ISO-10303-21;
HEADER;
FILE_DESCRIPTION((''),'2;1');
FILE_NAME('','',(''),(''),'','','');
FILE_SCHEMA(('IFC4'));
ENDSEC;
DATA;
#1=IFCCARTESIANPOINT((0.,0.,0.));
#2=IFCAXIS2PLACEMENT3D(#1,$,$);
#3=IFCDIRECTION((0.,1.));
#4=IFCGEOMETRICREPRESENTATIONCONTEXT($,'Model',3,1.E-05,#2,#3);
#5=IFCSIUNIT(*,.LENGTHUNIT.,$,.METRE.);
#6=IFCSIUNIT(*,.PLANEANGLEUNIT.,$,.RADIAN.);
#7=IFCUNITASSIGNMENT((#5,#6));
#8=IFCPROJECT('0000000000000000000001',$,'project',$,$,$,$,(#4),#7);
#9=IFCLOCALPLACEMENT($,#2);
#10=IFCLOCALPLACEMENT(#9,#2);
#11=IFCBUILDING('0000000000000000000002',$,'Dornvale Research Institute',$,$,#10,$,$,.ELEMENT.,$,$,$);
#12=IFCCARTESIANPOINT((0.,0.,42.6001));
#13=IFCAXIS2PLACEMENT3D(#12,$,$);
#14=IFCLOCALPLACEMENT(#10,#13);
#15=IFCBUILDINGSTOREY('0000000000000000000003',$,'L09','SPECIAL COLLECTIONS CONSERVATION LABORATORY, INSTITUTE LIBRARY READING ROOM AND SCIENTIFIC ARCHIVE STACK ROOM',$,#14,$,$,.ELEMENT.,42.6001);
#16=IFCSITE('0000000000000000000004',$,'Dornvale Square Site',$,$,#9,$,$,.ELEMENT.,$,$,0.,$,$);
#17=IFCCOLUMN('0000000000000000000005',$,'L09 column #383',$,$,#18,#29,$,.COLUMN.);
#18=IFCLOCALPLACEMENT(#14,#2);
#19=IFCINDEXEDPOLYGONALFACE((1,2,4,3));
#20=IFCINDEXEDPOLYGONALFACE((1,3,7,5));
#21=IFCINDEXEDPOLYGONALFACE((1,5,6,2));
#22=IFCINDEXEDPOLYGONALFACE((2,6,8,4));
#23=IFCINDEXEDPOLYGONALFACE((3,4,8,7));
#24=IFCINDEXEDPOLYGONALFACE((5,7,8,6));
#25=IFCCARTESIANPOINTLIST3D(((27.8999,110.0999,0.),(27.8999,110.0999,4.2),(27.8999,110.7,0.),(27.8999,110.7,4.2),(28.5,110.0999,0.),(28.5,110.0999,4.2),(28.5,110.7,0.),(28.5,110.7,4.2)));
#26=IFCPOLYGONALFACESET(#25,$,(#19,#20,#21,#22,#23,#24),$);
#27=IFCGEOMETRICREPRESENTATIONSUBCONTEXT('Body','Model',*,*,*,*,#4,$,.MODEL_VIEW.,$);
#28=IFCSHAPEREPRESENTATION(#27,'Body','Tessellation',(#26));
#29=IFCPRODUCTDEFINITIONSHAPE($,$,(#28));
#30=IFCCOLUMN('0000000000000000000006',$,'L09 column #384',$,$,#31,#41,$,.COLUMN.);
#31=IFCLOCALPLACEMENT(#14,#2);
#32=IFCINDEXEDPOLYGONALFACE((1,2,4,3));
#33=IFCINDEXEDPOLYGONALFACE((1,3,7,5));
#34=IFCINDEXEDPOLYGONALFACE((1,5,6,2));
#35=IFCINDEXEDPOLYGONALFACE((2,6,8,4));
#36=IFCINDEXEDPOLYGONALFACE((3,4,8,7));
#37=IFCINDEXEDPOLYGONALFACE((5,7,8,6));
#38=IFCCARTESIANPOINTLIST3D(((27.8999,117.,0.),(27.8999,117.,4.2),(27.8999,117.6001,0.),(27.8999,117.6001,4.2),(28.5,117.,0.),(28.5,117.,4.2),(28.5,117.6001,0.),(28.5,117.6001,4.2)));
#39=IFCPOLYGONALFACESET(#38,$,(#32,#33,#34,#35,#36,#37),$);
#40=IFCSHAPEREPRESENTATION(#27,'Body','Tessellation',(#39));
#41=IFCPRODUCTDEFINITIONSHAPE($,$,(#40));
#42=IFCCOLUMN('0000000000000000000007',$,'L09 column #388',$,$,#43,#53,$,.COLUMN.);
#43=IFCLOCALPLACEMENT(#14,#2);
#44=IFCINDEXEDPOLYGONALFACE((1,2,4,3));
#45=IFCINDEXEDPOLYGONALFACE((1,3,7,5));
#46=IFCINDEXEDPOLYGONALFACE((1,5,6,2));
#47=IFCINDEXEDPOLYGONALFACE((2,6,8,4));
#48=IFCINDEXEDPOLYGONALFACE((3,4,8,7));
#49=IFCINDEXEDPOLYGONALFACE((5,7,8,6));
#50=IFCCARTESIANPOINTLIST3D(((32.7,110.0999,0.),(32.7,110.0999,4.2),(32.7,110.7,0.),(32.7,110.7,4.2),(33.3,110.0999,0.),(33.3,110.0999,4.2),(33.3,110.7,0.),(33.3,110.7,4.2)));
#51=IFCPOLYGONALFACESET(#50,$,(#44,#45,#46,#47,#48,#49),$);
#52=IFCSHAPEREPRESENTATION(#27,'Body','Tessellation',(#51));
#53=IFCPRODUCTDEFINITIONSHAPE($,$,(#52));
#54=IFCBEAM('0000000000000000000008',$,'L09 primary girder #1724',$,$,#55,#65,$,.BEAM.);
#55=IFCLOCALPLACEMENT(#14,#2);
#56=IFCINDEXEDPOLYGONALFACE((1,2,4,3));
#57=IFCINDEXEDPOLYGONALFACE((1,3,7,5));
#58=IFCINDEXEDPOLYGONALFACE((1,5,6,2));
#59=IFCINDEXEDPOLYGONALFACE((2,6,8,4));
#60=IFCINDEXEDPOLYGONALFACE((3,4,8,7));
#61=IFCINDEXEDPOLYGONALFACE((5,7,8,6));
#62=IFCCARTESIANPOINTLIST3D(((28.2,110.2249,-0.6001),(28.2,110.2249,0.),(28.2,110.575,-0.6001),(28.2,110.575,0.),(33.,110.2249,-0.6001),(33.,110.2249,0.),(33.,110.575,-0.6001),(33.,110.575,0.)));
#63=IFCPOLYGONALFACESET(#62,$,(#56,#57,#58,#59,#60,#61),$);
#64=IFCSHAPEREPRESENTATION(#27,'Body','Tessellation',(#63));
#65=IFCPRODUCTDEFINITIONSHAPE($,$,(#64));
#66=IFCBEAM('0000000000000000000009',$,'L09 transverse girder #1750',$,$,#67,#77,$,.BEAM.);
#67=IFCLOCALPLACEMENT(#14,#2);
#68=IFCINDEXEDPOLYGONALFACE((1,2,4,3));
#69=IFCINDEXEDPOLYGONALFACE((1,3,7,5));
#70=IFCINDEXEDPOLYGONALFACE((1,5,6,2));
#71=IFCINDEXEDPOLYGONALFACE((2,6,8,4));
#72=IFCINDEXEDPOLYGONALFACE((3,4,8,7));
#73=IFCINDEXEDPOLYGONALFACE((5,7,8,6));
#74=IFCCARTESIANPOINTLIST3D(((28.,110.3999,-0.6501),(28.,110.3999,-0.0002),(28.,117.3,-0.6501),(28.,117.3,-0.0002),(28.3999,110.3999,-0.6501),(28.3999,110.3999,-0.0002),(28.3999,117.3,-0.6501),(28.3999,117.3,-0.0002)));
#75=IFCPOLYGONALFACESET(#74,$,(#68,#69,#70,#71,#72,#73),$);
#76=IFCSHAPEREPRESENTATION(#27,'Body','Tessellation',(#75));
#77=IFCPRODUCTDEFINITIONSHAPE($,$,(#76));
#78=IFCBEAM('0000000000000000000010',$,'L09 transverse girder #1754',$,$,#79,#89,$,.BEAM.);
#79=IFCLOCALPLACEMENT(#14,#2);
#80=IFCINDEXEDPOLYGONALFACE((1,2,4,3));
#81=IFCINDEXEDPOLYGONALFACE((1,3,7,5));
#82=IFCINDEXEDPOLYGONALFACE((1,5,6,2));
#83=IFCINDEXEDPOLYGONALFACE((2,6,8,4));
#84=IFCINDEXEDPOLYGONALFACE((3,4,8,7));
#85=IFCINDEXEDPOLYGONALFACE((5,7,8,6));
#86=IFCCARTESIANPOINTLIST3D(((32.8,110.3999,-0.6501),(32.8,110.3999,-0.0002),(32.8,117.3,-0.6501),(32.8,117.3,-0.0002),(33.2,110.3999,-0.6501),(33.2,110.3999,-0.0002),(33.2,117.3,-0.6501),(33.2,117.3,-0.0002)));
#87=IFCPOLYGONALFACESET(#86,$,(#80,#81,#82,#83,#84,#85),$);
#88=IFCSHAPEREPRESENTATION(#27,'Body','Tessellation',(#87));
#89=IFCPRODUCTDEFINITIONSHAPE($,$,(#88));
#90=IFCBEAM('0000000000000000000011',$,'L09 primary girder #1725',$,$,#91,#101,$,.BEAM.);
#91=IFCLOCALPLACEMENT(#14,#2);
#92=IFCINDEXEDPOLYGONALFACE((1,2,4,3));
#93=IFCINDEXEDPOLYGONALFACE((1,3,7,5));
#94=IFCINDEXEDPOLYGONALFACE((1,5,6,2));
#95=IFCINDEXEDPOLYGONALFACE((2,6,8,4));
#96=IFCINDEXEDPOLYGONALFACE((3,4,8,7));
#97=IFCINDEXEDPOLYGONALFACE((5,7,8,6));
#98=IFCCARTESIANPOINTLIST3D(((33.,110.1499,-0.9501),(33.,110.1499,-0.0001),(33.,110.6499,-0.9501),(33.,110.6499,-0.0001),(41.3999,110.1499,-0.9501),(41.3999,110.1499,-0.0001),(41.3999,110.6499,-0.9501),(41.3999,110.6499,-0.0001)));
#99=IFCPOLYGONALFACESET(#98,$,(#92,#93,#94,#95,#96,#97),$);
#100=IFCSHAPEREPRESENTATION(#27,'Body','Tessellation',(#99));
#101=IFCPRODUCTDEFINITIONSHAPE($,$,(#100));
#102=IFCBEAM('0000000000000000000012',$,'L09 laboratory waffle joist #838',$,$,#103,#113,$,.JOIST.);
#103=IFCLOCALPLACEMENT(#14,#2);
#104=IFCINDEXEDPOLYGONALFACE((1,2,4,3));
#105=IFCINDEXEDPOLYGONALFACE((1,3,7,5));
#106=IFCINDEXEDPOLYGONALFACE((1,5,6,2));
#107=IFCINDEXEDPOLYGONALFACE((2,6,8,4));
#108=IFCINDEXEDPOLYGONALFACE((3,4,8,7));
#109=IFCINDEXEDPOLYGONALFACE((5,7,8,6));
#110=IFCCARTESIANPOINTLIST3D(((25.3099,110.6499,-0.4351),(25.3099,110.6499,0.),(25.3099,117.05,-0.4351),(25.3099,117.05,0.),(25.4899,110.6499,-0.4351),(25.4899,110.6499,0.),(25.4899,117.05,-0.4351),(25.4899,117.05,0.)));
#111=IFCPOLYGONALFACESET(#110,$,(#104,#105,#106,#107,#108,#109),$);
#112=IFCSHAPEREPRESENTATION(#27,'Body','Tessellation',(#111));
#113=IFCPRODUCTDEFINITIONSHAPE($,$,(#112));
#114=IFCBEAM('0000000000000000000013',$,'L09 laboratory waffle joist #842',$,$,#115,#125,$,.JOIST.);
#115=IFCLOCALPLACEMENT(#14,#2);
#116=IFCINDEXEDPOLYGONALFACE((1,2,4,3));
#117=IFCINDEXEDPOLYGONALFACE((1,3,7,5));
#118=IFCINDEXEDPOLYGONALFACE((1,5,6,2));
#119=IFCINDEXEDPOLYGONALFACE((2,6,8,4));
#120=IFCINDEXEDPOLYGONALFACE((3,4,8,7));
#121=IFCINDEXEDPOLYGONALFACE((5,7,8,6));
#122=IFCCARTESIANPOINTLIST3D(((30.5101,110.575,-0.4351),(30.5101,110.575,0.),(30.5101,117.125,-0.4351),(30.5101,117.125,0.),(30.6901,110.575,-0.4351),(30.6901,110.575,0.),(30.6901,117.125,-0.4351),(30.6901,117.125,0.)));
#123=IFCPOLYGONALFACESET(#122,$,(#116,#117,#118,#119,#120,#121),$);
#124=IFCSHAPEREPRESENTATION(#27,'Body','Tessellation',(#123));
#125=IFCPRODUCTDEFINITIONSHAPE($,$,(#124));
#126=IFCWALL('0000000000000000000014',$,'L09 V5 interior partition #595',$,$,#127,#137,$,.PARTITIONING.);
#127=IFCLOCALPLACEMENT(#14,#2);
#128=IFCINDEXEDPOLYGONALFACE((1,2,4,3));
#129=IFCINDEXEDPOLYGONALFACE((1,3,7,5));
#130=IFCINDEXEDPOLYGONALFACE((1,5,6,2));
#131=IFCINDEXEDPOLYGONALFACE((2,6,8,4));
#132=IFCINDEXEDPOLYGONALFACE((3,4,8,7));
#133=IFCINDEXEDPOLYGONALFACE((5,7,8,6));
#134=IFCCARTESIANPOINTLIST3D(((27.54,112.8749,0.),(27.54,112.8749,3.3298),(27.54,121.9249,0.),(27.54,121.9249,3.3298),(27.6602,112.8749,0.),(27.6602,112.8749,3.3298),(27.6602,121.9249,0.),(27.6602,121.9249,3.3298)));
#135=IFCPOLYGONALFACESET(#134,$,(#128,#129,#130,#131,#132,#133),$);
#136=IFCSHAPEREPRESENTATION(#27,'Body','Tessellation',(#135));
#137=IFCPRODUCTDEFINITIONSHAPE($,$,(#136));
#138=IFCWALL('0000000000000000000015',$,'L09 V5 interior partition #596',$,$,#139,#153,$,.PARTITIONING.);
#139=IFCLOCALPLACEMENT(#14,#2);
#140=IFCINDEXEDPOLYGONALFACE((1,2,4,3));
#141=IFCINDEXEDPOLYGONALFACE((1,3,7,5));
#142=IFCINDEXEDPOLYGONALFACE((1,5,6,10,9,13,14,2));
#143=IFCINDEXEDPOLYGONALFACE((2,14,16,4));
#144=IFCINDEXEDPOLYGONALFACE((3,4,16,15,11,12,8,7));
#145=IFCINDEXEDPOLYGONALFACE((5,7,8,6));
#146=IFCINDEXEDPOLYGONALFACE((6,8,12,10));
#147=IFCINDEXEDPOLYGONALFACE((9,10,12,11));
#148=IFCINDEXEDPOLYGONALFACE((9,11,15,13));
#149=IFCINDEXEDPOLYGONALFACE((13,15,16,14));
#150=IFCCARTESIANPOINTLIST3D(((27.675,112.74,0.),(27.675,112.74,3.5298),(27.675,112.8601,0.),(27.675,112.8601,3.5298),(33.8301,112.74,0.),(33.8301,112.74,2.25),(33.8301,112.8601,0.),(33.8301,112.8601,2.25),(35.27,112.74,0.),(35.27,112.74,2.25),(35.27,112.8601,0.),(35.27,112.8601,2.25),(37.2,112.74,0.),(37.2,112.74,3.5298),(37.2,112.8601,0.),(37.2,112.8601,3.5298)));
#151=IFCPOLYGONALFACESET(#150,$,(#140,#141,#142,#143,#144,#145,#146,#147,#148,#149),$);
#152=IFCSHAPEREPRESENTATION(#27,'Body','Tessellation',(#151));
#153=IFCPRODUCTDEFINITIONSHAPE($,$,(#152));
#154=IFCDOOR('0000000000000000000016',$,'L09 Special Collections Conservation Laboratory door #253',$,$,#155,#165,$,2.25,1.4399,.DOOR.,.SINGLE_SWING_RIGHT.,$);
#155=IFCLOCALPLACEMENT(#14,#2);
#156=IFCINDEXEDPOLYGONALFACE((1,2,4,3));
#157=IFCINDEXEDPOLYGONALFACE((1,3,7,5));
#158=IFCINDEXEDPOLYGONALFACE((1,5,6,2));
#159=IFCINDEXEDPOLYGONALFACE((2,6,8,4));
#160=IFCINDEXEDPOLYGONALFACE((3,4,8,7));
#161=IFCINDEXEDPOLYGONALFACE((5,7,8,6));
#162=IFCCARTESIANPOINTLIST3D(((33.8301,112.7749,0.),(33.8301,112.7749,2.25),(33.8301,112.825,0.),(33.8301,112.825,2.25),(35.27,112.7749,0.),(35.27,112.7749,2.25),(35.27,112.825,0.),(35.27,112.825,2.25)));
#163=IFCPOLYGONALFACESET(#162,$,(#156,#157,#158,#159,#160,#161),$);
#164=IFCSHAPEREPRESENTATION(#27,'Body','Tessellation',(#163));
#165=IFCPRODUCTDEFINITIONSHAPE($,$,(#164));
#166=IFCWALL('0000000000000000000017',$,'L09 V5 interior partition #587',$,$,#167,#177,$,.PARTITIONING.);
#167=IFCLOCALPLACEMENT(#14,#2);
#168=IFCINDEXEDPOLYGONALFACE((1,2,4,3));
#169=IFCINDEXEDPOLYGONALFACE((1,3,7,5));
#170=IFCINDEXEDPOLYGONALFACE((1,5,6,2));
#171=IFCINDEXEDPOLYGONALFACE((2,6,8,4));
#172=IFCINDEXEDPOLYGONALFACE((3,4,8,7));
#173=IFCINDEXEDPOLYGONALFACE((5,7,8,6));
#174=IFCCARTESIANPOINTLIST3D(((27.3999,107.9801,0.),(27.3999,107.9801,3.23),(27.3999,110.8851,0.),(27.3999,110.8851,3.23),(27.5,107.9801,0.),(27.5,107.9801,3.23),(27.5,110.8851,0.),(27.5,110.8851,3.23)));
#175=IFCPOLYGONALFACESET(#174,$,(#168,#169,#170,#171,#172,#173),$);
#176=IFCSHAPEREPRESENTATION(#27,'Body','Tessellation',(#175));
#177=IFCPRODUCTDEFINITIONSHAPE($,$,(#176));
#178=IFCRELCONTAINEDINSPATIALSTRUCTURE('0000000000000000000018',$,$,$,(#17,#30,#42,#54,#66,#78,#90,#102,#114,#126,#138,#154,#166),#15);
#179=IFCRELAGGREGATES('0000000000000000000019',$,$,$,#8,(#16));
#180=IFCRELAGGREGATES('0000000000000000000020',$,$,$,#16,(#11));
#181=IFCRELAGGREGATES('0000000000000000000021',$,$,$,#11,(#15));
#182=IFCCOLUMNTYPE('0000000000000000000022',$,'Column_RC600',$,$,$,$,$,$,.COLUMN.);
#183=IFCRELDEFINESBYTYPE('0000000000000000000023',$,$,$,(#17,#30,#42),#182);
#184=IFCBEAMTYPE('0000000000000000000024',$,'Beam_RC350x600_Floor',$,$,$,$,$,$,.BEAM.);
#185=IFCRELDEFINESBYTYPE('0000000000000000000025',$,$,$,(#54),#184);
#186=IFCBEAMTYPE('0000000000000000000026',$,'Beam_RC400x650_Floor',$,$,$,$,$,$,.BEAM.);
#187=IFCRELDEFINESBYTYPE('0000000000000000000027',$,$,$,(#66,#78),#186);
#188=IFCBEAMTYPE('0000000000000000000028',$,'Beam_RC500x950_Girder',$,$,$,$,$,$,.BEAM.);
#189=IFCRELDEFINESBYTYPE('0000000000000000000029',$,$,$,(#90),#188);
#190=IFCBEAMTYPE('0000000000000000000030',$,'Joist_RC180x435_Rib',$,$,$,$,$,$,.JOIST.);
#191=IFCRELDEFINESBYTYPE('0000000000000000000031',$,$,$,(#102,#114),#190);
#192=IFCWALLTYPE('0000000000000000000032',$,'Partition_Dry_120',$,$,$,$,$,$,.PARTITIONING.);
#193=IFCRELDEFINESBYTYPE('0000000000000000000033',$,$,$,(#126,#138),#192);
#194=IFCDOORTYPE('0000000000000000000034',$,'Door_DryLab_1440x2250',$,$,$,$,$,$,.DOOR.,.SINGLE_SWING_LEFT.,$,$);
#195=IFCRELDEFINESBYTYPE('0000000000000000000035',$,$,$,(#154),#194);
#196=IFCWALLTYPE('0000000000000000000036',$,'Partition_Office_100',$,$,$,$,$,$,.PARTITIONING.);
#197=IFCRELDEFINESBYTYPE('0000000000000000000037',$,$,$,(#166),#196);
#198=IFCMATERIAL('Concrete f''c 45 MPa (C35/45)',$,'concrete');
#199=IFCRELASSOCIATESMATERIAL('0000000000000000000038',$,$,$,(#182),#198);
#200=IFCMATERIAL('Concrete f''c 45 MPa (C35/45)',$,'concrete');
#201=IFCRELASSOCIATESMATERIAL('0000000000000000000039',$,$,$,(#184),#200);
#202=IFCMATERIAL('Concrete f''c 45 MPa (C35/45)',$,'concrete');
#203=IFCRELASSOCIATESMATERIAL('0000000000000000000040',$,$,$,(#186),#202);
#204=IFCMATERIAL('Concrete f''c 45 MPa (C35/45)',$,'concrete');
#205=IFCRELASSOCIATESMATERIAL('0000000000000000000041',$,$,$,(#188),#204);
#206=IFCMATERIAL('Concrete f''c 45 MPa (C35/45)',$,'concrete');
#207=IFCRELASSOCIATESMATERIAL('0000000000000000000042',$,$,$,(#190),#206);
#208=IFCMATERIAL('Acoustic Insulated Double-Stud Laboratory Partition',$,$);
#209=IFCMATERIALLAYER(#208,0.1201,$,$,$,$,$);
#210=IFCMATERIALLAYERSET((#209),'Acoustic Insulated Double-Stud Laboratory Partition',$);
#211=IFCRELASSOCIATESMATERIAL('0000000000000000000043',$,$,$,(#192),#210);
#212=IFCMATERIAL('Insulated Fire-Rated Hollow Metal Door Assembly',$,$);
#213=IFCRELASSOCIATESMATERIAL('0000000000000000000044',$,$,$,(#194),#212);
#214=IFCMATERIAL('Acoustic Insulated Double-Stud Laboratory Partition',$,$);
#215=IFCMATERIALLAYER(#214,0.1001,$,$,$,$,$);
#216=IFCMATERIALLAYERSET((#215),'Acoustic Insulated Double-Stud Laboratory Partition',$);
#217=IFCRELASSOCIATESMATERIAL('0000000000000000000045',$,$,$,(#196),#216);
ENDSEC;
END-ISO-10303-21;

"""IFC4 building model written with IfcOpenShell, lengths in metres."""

from ifc_helpers import new_model, si_unit, direction, frame, frame_2d, origin, origin_2d, place, context, subcontext, project, spatial, rectangle, extrude, material, layer, layer_set, material_profile, profile_set, type_object, element, fill, save


model = new_model("IFC4")

# Units and contexts
model_context = context("Model", 3, precision=1e-05, world=origin(), true_north=direction((0.0, 1.0)))
body_context = subcontext(model_context, "Body", "Model", "MODEL_VIEW")
ifc_project = project(units=[si_unit("LENGTHUNIT", "METRE"), si_unit("PLANEANGLEUNIT", "RADIAN")], contexts=[model_context])

# Site, building, storey
site_placement = place(None, origin())
site = spatial("IfcSite", under=ifc_project, at=site_placement, Name="Dornvale Square Site", CompositionType="ELEMENT", RefElevation=0.0)
building_placement = place(site_placement, origin())
building = spatial("IfcBuilding", under=site, at=building_placement, Name="Dornvale Research Institute", CompositionType="ELEMENT")
storey_placement = place(building_placement, frame((0.0, 0.0, 42.6001)))
storey = spatial("IfcBuildingStorey", under=building, at=storey_placement, Name="L09", Description="SPECIAL COLLECTIONS CONSERVATION LABORATORY, INSTITUTE LIBRARY READING ROOM AND SCIENTIFIC ARCHIVE STACK ROOM", CompositionType="ELEMENT", Elevation=42.6001)

# Columns
ifc_material_1 = material(Name="Concrete f'c 45 MPa (C35/45)", Category="concrete")
ifc_material_profile_1 = material_profile(ifc_material_1, rectangle(XDim=0.6001, YDim=0.6001, at=origin_2d()), Name="RC 600x600")
ifc_profile_set_1 = profile_set([ifc_material_profile_1], Name="Concrete f'c 45 MPa (C35/45)")
column_type = type_object("IfcColumnType", Name="Column_RC600", PredefinedType="COLUMN", material=ifc_profile_set_1)
for number, where, z_axis, x_axis, name in (
    (1, (28.2, 110.3999, 0.0), (0.0, 0.0, 1.0), (1.0, 0.0, 0.0), "L09 column #383"),
    (2, (28.2, 117.3, 0.0), (0.0, 0.0, 1.0), (1.0, 0.0, 0.0), "L09 column #384"),
    (3, (33.0, 110.3999, 0.0), (0.0, 0.0, 1.0), (1.0, 0.0, 0.0), "L09 column #388"),
):
    element("IfcColumn", number, at=place(storey_placement, frame(where, z_axis=z_axis, x_axis=x_axis)), inside=storey, type_object=column_type, Name=name, PredefinedType="COLUMN", context=body_context, shape_type="SweptSolid", body=[
        extrude(rectangle(XDim=0.6001, YDim=0.6001, at=origin_2d()), origin(), (0.0, 0.0, 1.0), 4.2),
    ])

# Beams
ifc_material_2 = material(Name="Concrete f'c 45 MPa (C35/45)", Category="concrete")
ifc_material_profile_2 = material_profile(ifc_material_2, rectangle(XDim=0.3501, YDim=0.6001, at=origin_2d()), Name="RC 350x600")
ifc_profile_set_2 = profile_set([ifc_material_profile_2], Name="Concrete f'c 45 MPa (C35/45)")
beam_type_1 = type_object("IfcBeamType", Name="Beam_RC350x600_Floor", PredefinedType="BEAM", material=ifc_profile_set_2)
beam_1_placement = place(storey_placement, frame((28.2, 110.3999, -0.3), z_axis=(1.0, 0.0, 0.0), x_axis=(0.0, 1.0, 0.0)))
element("IfcBeam", 4, at=beam_1_placement, inside=storey, type_object=beam_type_1, Name="L09 primary girder #1724", PredefinedType="BEAM", context=body_context, shape_type="SweptSolid", body=[
    extrude(rectangle(XDim=0.3501, YDim=0.6001, at=origin_2d()), origin(), (0.0, 0.0, 1.0), 4.8),
])
ifc_material_3 = material(Name="Concrete f'c 45 MPa (C35/45)", Category="concrete")
ifc_material_profile_3 = material_profile(ifc_material_3, rectangle(XDim=0.3999, YDim=0.6499, at=origin_2d()), Name="RC 400x650")
ifc_profile_set_3 = profile_set([ifc_material_profile_3], Name="Concrete f'c 45 MPa (C35/45)")
beam_type_2 = type_object("IfcBeamType", Name="Beam_RC400x650_Floor", PredefinedType="BEAM", material=ifc_profile_set_3)
for number, where, z_axis, x_axis, name in (
    (5, (28.2, 110.3999, -0.3252), (0.0, 1.0, 0.0), (-1.0, 0.0, 0.0), "L09 transverse girder #1750"),
    (6, (33.0, 110.3999, -0.3252), (0.0, 1.0, 0.0), (-1.0, 0.0, 0.0), "L09 transverse girder #1754"),
):
    element("IfcBeam", number, at=place(storey_placement, frame(where, z_axis=z_axis, x_axis=x_axis)), inside=storey, type_object=beam_type_2, Name=name, PredefinedType="BEAM", context=body_context, shape_type="SweptSolid", body=[
        extrude(rectangle(XDim=0.3999, YDim=0.6499, at=origin_2d()), origin(), (0.0, 0.0, 1.0), 6.9001),
    ])
ifc_material_4 = material(Name="Concrete f'c 45 MPa (C35/45)", Category="concrete")
ifc_material_profile_4 = material_profile(ifc_material_4, rectangle(XDim=0.5, YDim=0.95, at=origin_2d()), Name="RC 500x950")
ifc_profile_set_4 = profile_set([ifc_material_profile_4], Name="Concrete f'c 45 MPa (C35/45)")
beam_type_3 = type_object("IfcBeamType", Name="Beam_RC500x950_Girder", PredefinedType="BEAM", material=ifc_profile_set_4)
beam_2_placement = place(storey_placement, frame((33.0, 110.3999, -0.4751), z_axis=(1.0, 0.0, 0.0), x_axis=(0.0, 1.0, 0.0)))
element("IfcBeam", 7, at=beam_2_placement, inside=storey, type_object=beam_type_3, Name="L09 primary girder #1725", PredefinedType="BEAM", context=body_context, shape_type="SweptSolid", body=[
    extrude(rectangle(XDim=0.5, YDim=0.95, at=origin_2d()), origin(), (0.0, 0.0, 1.0), 8.3999),
])
ifc_material_5 = material(Name="Concrete f'c 45 MPa (C35/45)", Category="concrete")
ifc_material_profile_5 = material_profile(ifc_material_5, rectangle(XDim=0.1799, YDim=0.4351, at=origin_2d()), Name="RC 180x435")
ifc_profile_set_5 = profile_set([ifc_material_profile_5], Name="Concrete f'c 45 MPa (C35/45)")
beam_type_4 = type_object("IfcBeamType", Name="Joist_RC180x435_Rib", PredefinedType="JOIST", material=ifc_profile_set_5)
beam_3_placement = place(storey_placement, frame((25.3999, 110.6499, -0.2175), z_axis=(0.0, 1.0, 0.0), x_axis=(-1.0, 0.0, 0.0)))
element("IfcBeam", 8, at=beam_3_placement, inside=storey, type_object=beam_type_4, Name="L09 laboratory waffle joist #838", PredefinedType="JOIST", context=body_context, shape_type="SweptSolid", body=[
    extrude(rectangle(XDim=0.1799, YDim=0.4351, at=origin_2d()), origin(), (0.0, 0.0, 1.0), 6.4001),
])
beam_4_placement = place(storey_placement, frame((30.6001, 110.575, -0.2175), z_axis=(0.0, 1.0, 0.0), x_axis=(-1.0, 0.0, 0.0)))
element("IfcBeam", 9, at=beam_4_placement, inside=storey, type_object=beam_type_4, Name="L09 laboratory waffle joist #842", PredefinedType="JOIST", context=body_context, shape_type="SweptSolid", body=[
    extrude(rectangle(XDim=0.1799, YDim=0.4351, at=origin_2d()), origin(), (0.0, 0.0, 1.0), 6.55),
])

# Wall
ifc_material_6 = material(Name="Acoustic Insulated Double-Stud Laboratory Partition")
ifc_layer_1 = layer(ifc_material_6, 0.1201)
ifc_layer_set_1 = layer_set([ifc_layer_1], Name="Acoustic Insulated Double-Stud Laboratory Partition")
wall_type_1 = type_object("IfcWallType", Name="Partition_Dry_120", PredefinedType="PARTITIONING", material=ifc_layer_set_1)
wall_1_placement = place(storey_placement, frame((27.6001, 112.875, 0.0), z_axis=(0.0, 0.0, 1.0), x_axis=(0.0, 1.0, 0.0)))
element("IfcWall", 10, at=wall_1_placement, inside=storey, type_object=wall_type_1, Name="L09 V5 interior partition #595", PredefinedType="PARTITIONING", context=body_context, shape_type="SweptSolid", body=[
    extrude(rectangle(XDim=9.05, YDim=0.1201, at=frame_2d((4.5249, 0.0))), origin(), (0.0, 0.0, 1.0), 3.3298),
])

# Wall, opening, door
wall_2_placement = place(storey_placement, frame((27.675, 112.8, 0.0), z_axis=(0.0, 0.0, 1.0), x_axis=(1.0, 0.0, 0.0)))
wall_2 = element("IfcWall", 11, at=wall_2_placement, inside=storey, type_object=wall_type_1, Name="L09 V5 interior partition #596", PredefinedType="PARTITIONING", context=body_context, shape_type="SweptSolid", body=[
    extrude(rectangle(XDim=9.5249, YDim=0.1201, at=frame_2d((4.7625, 0.0))), origin(), (0.0, 0.0, 1.0), 3.5298),
])
opening_1_placement = place(wall_2_placement, frame((6.155, 0.0, 0.0)))
opening_1 = element("IfcOpeningElement", 12, at=opening_1_placement, cuts=wall_2, PredefinedType="OPENING", context=body_context, shape_type="SweptSolid", body=[
    extrude(rectangle(XDim=1.4399, YDim=2.25, at=frame_2d((0.72, 1.125))), frame((0.0, 0.075, 0.0), z_axis=(0.0, -1.0, 0.0), x_axis=(1.0, 0.0, 0.0)), (0.0, 0.0, 1.0), 0.1501),
])
ifc_material_7 = material(Name="Insulated Fire-Rated Hollow Metal Door Assembly")
door_type_1 = type_object("IfcDoorType", Name="Door_DryLab_1440x2250", OperationType="SINGLE_SWING_LEFT", PredefinedType="DOOR", material=ifc_material_7)
door_1_placement = place(opening_1_placement, origin())
door_1 = element("IfcDoor", 13, at=door_1_placement, inside=storey, type_object=door_type_1, Name="L09 Special Collections Conservation Laboratory door #253", OperationType="SINGLE_SWING_RIGHT", OverallHeight=2.25, OverallWidth=1.4399, PredefinedType="DOOR", context=body_context, shape_type="SweptSolid", body=[
    extrude(rectangle(XDim=1.4399, YDim=2.25, at=frame_2d((0.72, 1.125))), frame((0.0, 0.0249, 0.0), z_axis=(0.0, -1.0, 0.0), x_axis=(1.0, 0.0, 0.0)), (0.0, 0.0, 1.0), 0.05),
])
fill(opening_1, door_1)

# Wall
ifc_material_8 = material(Name="Acoustic Insulated Double-Stud Laboratory Partition")
ifc_layer_2 = layer(ifc_material_8, 0.1001)
ifc_layer_set_2 = layer_set([ifc_layer_2], Name="Acoustic Insulated Double-Stud Laboratory Partition")
wall_type_2 = type_object("IfcWallType", Name="Partition_Office_100", PredefinedType="PARTITIONING", material=ifc_layer_set_2)
wall_3_placement = place(storey_placement, frame((27.45, 107.98, 0.0), z_axis=(0.0, 0.0, 1.0), x_axis=(0.0, 1.0, 0.0)))
element("IfcWall", 14, at=wall_3_placement, inside=storey, type_object=wall_type_2, Name="L09 V5 interior partition #587", PredefinedType="PARTITIONING", context=body_context, shape_type="SweptSolid", body=[
    extrude(rectangle(XDim=2.905, YDim=0.1001, at=frame_2d((1.4526, 0.0))), origin(), (0.0, 0.0, 1.0), 3.23),
])

save(model, "model.ifc")
